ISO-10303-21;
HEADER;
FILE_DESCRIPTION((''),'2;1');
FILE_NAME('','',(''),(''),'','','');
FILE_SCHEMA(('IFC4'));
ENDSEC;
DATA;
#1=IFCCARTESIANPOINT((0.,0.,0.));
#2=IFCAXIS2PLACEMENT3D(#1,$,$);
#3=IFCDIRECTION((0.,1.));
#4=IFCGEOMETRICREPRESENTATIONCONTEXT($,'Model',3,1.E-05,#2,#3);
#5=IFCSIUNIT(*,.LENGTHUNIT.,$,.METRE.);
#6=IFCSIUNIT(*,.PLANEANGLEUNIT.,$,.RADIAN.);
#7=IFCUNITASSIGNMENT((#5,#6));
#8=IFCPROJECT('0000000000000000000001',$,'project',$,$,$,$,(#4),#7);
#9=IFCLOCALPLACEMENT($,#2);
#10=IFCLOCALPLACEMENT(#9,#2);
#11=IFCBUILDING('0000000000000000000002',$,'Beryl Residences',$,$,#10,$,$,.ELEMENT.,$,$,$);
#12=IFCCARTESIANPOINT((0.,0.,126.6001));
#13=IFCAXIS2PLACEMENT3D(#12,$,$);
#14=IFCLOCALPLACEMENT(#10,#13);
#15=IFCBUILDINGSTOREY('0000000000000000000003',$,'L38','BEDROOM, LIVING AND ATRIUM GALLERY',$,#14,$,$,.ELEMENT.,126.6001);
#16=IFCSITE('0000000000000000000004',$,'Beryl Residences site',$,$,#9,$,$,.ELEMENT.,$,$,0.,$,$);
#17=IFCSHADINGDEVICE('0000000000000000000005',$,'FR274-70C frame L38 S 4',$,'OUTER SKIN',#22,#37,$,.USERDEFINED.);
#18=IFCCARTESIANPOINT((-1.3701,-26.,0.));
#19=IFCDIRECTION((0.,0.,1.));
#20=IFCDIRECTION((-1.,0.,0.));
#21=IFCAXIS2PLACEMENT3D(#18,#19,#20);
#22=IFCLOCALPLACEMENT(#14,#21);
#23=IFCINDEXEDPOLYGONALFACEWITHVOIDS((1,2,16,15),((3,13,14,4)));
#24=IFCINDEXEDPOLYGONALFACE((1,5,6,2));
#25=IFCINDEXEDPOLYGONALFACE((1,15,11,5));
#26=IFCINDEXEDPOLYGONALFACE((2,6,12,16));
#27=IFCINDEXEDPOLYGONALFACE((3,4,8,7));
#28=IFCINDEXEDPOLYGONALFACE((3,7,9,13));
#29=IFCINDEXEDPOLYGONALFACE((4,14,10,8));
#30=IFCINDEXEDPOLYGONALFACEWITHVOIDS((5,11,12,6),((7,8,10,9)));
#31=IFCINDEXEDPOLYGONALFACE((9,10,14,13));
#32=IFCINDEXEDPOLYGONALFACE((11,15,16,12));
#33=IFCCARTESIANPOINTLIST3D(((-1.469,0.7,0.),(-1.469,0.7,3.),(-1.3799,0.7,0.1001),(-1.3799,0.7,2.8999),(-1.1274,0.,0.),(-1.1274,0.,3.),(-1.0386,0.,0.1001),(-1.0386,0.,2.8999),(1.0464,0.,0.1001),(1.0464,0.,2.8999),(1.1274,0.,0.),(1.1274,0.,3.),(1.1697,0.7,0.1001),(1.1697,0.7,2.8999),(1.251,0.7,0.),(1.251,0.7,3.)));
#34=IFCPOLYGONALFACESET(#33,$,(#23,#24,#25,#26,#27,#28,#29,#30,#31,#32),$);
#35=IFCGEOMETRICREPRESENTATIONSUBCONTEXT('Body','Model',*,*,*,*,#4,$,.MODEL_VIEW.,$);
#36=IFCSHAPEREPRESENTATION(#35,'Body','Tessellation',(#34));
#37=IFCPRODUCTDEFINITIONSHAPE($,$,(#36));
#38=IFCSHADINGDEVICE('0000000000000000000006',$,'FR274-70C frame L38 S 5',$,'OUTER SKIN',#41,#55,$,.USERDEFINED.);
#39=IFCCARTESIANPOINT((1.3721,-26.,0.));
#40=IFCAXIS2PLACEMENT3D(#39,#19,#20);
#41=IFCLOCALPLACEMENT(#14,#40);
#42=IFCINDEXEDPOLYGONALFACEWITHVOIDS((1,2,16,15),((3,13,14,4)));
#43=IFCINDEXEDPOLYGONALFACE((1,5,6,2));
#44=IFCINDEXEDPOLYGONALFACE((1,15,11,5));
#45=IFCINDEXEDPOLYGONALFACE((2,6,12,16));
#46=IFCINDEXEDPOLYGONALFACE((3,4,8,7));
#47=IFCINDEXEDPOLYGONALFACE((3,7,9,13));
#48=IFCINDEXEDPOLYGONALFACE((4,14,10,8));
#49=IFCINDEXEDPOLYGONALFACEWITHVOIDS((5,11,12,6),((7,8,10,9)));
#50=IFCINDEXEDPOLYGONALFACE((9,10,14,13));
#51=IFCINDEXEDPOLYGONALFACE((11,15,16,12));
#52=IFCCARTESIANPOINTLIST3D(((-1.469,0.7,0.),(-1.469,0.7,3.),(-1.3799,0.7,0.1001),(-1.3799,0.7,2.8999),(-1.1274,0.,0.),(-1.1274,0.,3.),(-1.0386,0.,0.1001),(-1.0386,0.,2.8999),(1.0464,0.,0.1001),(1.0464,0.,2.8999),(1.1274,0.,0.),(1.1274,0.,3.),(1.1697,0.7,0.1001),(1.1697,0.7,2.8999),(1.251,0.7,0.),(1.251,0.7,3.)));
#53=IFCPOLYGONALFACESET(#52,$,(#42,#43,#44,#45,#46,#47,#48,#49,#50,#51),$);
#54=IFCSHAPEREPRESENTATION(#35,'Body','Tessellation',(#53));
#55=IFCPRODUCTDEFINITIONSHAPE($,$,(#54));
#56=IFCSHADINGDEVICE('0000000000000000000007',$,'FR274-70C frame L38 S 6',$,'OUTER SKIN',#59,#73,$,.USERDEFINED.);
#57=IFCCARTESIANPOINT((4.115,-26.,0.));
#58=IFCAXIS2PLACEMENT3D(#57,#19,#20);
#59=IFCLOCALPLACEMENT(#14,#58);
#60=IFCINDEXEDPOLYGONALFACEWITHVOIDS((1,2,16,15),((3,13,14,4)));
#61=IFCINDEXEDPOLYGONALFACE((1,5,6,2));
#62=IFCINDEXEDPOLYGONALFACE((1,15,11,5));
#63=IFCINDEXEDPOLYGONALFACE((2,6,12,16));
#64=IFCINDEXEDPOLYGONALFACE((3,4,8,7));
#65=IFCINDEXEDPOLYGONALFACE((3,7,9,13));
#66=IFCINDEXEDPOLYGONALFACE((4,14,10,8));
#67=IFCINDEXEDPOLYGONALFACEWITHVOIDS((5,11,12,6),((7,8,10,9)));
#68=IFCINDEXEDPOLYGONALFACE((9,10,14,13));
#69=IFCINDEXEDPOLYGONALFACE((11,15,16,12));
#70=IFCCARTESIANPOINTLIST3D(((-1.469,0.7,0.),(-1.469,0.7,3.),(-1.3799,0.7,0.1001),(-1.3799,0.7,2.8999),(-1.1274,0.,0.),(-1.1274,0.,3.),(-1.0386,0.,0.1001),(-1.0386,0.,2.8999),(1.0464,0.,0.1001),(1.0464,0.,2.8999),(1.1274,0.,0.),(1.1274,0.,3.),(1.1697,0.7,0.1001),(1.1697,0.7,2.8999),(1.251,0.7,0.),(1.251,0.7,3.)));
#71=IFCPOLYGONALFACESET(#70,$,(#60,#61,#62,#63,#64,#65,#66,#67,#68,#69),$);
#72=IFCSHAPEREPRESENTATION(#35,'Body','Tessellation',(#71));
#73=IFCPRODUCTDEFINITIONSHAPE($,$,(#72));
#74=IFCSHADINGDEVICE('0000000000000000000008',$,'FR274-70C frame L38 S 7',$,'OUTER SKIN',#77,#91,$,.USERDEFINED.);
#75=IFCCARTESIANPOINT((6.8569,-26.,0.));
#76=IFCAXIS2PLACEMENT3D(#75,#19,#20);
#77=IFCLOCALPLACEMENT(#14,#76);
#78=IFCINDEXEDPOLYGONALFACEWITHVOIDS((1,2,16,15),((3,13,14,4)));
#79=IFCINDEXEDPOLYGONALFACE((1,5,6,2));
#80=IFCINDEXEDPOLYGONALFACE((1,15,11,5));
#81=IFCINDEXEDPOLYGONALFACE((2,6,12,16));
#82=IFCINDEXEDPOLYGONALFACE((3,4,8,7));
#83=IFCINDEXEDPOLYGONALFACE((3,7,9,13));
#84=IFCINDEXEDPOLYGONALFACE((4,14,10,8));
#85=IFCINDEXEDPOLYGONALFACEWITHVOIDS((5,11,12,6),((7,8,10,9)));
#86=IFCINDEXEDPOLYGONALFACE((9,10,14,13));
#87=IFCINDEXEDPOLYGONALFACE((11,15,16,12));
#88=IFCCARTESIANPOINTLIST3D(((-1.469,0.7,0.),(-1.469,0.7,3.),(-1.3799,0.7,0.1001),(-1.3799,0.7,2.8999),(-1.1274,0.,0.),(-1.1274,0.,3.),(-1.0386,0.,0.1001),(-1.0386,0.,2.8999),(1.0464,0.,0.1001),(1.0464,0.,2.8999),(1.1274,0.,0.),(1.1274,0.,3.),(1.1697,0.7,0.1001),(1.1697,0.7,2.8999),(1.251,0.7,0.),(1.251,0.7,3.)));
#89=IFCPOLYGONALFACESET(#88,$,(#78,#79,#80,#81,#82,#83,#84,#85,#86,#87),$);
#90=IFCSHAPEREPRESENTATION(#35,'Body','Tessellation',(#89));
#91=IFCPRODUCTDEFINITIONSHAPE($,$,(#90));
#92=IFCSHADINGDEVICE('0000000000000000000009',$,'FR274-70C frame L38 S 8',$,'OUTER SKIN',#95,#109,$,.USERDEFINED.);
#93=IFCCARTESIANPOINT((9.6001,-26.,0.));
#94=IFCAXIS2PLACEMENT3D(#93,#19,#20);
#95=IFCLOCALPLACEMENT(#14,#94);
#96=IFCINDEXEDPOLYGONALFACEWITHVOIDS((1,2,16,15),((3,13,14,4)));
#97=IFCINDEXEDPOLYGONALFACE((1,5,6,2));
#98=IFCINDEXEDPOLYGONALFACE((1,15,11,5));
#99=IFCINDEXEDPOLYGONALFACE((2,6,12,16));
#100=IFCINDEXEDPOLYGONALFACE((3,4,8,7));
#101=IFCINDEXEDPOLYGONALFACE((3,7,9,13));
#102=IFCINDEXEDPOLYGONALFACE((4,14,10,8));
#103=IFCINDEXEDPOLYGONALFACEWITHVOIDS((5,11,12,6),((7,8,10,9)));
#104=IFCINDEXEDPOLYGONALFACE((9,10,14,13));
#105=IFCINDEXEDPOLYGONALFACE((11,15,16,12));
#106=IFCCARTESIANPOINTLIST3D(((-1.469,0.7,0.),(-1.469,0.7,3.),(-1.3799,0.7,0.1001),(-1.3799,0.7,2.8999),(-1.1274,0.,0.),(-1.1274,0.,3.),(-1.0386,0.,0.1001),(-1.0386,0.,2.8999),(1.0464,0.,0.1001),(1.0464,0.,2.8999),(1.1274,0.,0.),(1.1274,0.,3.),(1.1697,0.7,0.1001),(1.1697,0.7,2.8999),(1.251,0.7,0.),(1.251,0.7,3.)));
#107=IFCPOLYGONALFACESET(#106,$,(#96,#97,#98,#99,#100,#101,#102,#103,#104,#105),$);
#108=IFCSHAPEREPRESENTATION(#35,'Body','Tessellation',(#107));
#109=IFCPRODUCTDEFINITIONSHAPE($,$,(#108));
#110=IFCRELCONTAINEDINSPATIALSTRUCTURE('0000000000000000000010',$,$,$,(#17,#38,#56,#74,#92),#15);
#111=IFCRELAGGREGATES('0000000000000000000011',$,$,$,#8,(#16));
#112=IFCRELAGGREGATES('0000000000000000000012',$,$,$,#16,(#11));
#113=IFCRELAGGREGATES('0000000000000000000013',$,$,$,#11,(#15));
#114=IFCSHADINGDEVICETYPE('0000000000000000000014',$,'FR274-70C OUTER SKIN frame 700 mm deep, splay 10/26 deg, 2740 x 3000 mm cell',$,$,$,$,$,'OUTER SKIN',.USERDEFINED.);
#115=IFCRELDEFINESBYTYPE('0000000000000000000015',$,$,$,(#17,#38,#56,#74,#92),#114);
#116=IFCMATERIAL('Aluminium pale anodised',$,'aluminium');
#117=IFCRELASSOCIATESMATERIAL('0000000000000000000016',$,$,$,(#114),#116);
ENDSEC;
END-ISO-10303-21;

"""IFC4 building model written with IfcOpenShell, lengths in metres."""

from ifc_helpers import new_model, entity, si_unit, direction, frame, origin, place, context, subcontext, project, spatial, source, transform, mapped, material, type_object, type_shapes, element, save


model = new_model("IFC4")

# Units and contexts
model_context = context("Model", 3, precision=1e-05, world=origin(), true_north=direction((0.0, 1.0)))
body_context = subcontext(model_context, "Body", "Model", "MODEL_VIEW")
ifc_project = project(units=[si_unit("LENGTHUNIT", "METRE"), si_unit("PLANEANGLEUNIT", "RADIAN")], contexts=[model_context])

# Site, building, storey
site_placement = place(None, origin())
site = spatial("IfcSite", under=ifc_project, at=site_placement, Name="Beryl Residences site", CompositionType="ELEMENT", RefElevation=0.0)
building_placement = place(site_placement, origin())
building = spatial("IfcBuilding", under=site, at=building_placement, Name="Beryl Residences", CompositionType="ELEMENT")
storey_placement = place(building_placement, frame((0.0, 0.0, 126.6001)))
storey = spatial("IfcBuildingStorey", under=building, at=storey_placement, Name="L38", Description="BEDROOM, LIVING AND ATRIUM GALLERY", CompositionType="ELEMENT", Elevation=126.6001)

# Shading devices
ifc_material_1 = material(Name="Aluminium pale anodised", Category="aluminium")
shading_device_type = type_object("IfcShadingDeviceType", Name="FR274-70C OUTER SKIN frame 700 mm deep, splay 10/26 deg, 2740 x 3000 mm cell", ElementType="OUTER SKIN", PredefinedType="USERDEFINED", material=ifc_material_1)
cartesian_point_1 = entity("IfcCartesianPoint", [-1.1274, 0.0])
cartesian_point_2 = entity("IfcCartesianPoint", [-1.0464, 0.1001])
cartesian_point_3 = entity("IfcCartesianPoint", [-1.251, 0.0])
cartesian_point_4 = entity("IfcCartesianPoint", [-1.1697, 0.1001])
shared_shape_1 = source(origin(), body_context, "Body", "SweptSolid", [
    entity("IfcExtrudedAreaSolidTapered", entity("IfcArbitraryProfileDefWithVoids", "AREA", None, entity("IfcPolyline", [cartesian_point_1, entity("IfcCartesianPoint", [1.1274, 0.0]), entity("IfcCartesianPoint", [1.1274, 3.0]), entity("IfcCartesianPoint", [-1.1274, 3.0]), cartesian_point_1]), [entity("IfcPolyline", [cartesian_point_2, entity("IfcCartesianPoint", [1.0386, 0.1001]), entity("IfcCartesianPoint", [1.0386, 2.8999]), entity("IfcCartesianPoint", [-1.0464, 2.8999]), cartesian_point_2])]), entity("IfcAxis2Placement3D", entity("IfcCartesianPoint", [0.0, 0.0, 0.0]), entity("IfcDirection", [0.0, 1.0, 0.0]), entity("IfcDirection", [-1.0, 0.0, 0.0])), entity("IfcDirection", [0.0, 0.0, 1.0]), 0.7, entity("IfcArbitraryProfileDefWithVoids", "AREA", None, entity("IfcPolyline", [cartesian_point_3, entity("IfcCartesianPoint", [1.469, 0.0]), entity("IfcCartesianPoint", [1.469, 3.0]), entity("IfcCartesianPoint", [-1.251, 3.0]), cartesian_point_3]), [entity("IfcPolyline", [cartesian_point_4, entity("IfcCartesianPoint", [1.3799, 0.1001]), entity("IfcCartesianPoint", [1.3799, 2.8999]), entity("IfcCartesianPoint", [-1.1697, 2.8999]), cartesian_point_4])])),
])
type_shapes(shading_device_type, [shared_shape_1])
for number, where, z_axis, x_axis, name in (
    (1, (-1.3701, -26.0, 0.0), (0.0, 0.0, 1.0), (-1.0, 0.0, 0.0), "FR274-70C frame L38 S 4"),
    (2, (1.3721, -26.0, 0.0), (0.0, 0.0, 1.0), (-1.0, 0.0, 0.0), "FR274-70C frame L38 S 5"),
    (3, (4.115, -26.0, 0.0), (0.0, 0.0, 1.0), (-1.0, 0.0, 0.0), "FR274-70C frame L38 S 6"),
    (4, (6.8569, -26.0, 0.0), (0.0, 0.0, 1.0), (-1.0, 0.0, 0.0), "FR274-70C frame L38 S 7"),
    (5, (9.6001, -26.0, 0.0), (0.0, 0.0, 1.0), (-1.0, 0.0, 0.0), "FR274-70C frame L38 S 8"),
):
    element("IfcShadingDevice", number, at=place(storey_placement, frame(where, z_axis=z_axis, x_axis=x_axis)), inside=storey, type_object=shading_device_type, Name=name, ObjectType="OUTER SKIN", PredefinedType="USERDEFINED", context=body_context, shape_type="MappedRepresentation", body=[
        mapped(shared_shape_1, transform((0.0, 0.0, 0.0))),
    ])

save(model, "model.ifc")
